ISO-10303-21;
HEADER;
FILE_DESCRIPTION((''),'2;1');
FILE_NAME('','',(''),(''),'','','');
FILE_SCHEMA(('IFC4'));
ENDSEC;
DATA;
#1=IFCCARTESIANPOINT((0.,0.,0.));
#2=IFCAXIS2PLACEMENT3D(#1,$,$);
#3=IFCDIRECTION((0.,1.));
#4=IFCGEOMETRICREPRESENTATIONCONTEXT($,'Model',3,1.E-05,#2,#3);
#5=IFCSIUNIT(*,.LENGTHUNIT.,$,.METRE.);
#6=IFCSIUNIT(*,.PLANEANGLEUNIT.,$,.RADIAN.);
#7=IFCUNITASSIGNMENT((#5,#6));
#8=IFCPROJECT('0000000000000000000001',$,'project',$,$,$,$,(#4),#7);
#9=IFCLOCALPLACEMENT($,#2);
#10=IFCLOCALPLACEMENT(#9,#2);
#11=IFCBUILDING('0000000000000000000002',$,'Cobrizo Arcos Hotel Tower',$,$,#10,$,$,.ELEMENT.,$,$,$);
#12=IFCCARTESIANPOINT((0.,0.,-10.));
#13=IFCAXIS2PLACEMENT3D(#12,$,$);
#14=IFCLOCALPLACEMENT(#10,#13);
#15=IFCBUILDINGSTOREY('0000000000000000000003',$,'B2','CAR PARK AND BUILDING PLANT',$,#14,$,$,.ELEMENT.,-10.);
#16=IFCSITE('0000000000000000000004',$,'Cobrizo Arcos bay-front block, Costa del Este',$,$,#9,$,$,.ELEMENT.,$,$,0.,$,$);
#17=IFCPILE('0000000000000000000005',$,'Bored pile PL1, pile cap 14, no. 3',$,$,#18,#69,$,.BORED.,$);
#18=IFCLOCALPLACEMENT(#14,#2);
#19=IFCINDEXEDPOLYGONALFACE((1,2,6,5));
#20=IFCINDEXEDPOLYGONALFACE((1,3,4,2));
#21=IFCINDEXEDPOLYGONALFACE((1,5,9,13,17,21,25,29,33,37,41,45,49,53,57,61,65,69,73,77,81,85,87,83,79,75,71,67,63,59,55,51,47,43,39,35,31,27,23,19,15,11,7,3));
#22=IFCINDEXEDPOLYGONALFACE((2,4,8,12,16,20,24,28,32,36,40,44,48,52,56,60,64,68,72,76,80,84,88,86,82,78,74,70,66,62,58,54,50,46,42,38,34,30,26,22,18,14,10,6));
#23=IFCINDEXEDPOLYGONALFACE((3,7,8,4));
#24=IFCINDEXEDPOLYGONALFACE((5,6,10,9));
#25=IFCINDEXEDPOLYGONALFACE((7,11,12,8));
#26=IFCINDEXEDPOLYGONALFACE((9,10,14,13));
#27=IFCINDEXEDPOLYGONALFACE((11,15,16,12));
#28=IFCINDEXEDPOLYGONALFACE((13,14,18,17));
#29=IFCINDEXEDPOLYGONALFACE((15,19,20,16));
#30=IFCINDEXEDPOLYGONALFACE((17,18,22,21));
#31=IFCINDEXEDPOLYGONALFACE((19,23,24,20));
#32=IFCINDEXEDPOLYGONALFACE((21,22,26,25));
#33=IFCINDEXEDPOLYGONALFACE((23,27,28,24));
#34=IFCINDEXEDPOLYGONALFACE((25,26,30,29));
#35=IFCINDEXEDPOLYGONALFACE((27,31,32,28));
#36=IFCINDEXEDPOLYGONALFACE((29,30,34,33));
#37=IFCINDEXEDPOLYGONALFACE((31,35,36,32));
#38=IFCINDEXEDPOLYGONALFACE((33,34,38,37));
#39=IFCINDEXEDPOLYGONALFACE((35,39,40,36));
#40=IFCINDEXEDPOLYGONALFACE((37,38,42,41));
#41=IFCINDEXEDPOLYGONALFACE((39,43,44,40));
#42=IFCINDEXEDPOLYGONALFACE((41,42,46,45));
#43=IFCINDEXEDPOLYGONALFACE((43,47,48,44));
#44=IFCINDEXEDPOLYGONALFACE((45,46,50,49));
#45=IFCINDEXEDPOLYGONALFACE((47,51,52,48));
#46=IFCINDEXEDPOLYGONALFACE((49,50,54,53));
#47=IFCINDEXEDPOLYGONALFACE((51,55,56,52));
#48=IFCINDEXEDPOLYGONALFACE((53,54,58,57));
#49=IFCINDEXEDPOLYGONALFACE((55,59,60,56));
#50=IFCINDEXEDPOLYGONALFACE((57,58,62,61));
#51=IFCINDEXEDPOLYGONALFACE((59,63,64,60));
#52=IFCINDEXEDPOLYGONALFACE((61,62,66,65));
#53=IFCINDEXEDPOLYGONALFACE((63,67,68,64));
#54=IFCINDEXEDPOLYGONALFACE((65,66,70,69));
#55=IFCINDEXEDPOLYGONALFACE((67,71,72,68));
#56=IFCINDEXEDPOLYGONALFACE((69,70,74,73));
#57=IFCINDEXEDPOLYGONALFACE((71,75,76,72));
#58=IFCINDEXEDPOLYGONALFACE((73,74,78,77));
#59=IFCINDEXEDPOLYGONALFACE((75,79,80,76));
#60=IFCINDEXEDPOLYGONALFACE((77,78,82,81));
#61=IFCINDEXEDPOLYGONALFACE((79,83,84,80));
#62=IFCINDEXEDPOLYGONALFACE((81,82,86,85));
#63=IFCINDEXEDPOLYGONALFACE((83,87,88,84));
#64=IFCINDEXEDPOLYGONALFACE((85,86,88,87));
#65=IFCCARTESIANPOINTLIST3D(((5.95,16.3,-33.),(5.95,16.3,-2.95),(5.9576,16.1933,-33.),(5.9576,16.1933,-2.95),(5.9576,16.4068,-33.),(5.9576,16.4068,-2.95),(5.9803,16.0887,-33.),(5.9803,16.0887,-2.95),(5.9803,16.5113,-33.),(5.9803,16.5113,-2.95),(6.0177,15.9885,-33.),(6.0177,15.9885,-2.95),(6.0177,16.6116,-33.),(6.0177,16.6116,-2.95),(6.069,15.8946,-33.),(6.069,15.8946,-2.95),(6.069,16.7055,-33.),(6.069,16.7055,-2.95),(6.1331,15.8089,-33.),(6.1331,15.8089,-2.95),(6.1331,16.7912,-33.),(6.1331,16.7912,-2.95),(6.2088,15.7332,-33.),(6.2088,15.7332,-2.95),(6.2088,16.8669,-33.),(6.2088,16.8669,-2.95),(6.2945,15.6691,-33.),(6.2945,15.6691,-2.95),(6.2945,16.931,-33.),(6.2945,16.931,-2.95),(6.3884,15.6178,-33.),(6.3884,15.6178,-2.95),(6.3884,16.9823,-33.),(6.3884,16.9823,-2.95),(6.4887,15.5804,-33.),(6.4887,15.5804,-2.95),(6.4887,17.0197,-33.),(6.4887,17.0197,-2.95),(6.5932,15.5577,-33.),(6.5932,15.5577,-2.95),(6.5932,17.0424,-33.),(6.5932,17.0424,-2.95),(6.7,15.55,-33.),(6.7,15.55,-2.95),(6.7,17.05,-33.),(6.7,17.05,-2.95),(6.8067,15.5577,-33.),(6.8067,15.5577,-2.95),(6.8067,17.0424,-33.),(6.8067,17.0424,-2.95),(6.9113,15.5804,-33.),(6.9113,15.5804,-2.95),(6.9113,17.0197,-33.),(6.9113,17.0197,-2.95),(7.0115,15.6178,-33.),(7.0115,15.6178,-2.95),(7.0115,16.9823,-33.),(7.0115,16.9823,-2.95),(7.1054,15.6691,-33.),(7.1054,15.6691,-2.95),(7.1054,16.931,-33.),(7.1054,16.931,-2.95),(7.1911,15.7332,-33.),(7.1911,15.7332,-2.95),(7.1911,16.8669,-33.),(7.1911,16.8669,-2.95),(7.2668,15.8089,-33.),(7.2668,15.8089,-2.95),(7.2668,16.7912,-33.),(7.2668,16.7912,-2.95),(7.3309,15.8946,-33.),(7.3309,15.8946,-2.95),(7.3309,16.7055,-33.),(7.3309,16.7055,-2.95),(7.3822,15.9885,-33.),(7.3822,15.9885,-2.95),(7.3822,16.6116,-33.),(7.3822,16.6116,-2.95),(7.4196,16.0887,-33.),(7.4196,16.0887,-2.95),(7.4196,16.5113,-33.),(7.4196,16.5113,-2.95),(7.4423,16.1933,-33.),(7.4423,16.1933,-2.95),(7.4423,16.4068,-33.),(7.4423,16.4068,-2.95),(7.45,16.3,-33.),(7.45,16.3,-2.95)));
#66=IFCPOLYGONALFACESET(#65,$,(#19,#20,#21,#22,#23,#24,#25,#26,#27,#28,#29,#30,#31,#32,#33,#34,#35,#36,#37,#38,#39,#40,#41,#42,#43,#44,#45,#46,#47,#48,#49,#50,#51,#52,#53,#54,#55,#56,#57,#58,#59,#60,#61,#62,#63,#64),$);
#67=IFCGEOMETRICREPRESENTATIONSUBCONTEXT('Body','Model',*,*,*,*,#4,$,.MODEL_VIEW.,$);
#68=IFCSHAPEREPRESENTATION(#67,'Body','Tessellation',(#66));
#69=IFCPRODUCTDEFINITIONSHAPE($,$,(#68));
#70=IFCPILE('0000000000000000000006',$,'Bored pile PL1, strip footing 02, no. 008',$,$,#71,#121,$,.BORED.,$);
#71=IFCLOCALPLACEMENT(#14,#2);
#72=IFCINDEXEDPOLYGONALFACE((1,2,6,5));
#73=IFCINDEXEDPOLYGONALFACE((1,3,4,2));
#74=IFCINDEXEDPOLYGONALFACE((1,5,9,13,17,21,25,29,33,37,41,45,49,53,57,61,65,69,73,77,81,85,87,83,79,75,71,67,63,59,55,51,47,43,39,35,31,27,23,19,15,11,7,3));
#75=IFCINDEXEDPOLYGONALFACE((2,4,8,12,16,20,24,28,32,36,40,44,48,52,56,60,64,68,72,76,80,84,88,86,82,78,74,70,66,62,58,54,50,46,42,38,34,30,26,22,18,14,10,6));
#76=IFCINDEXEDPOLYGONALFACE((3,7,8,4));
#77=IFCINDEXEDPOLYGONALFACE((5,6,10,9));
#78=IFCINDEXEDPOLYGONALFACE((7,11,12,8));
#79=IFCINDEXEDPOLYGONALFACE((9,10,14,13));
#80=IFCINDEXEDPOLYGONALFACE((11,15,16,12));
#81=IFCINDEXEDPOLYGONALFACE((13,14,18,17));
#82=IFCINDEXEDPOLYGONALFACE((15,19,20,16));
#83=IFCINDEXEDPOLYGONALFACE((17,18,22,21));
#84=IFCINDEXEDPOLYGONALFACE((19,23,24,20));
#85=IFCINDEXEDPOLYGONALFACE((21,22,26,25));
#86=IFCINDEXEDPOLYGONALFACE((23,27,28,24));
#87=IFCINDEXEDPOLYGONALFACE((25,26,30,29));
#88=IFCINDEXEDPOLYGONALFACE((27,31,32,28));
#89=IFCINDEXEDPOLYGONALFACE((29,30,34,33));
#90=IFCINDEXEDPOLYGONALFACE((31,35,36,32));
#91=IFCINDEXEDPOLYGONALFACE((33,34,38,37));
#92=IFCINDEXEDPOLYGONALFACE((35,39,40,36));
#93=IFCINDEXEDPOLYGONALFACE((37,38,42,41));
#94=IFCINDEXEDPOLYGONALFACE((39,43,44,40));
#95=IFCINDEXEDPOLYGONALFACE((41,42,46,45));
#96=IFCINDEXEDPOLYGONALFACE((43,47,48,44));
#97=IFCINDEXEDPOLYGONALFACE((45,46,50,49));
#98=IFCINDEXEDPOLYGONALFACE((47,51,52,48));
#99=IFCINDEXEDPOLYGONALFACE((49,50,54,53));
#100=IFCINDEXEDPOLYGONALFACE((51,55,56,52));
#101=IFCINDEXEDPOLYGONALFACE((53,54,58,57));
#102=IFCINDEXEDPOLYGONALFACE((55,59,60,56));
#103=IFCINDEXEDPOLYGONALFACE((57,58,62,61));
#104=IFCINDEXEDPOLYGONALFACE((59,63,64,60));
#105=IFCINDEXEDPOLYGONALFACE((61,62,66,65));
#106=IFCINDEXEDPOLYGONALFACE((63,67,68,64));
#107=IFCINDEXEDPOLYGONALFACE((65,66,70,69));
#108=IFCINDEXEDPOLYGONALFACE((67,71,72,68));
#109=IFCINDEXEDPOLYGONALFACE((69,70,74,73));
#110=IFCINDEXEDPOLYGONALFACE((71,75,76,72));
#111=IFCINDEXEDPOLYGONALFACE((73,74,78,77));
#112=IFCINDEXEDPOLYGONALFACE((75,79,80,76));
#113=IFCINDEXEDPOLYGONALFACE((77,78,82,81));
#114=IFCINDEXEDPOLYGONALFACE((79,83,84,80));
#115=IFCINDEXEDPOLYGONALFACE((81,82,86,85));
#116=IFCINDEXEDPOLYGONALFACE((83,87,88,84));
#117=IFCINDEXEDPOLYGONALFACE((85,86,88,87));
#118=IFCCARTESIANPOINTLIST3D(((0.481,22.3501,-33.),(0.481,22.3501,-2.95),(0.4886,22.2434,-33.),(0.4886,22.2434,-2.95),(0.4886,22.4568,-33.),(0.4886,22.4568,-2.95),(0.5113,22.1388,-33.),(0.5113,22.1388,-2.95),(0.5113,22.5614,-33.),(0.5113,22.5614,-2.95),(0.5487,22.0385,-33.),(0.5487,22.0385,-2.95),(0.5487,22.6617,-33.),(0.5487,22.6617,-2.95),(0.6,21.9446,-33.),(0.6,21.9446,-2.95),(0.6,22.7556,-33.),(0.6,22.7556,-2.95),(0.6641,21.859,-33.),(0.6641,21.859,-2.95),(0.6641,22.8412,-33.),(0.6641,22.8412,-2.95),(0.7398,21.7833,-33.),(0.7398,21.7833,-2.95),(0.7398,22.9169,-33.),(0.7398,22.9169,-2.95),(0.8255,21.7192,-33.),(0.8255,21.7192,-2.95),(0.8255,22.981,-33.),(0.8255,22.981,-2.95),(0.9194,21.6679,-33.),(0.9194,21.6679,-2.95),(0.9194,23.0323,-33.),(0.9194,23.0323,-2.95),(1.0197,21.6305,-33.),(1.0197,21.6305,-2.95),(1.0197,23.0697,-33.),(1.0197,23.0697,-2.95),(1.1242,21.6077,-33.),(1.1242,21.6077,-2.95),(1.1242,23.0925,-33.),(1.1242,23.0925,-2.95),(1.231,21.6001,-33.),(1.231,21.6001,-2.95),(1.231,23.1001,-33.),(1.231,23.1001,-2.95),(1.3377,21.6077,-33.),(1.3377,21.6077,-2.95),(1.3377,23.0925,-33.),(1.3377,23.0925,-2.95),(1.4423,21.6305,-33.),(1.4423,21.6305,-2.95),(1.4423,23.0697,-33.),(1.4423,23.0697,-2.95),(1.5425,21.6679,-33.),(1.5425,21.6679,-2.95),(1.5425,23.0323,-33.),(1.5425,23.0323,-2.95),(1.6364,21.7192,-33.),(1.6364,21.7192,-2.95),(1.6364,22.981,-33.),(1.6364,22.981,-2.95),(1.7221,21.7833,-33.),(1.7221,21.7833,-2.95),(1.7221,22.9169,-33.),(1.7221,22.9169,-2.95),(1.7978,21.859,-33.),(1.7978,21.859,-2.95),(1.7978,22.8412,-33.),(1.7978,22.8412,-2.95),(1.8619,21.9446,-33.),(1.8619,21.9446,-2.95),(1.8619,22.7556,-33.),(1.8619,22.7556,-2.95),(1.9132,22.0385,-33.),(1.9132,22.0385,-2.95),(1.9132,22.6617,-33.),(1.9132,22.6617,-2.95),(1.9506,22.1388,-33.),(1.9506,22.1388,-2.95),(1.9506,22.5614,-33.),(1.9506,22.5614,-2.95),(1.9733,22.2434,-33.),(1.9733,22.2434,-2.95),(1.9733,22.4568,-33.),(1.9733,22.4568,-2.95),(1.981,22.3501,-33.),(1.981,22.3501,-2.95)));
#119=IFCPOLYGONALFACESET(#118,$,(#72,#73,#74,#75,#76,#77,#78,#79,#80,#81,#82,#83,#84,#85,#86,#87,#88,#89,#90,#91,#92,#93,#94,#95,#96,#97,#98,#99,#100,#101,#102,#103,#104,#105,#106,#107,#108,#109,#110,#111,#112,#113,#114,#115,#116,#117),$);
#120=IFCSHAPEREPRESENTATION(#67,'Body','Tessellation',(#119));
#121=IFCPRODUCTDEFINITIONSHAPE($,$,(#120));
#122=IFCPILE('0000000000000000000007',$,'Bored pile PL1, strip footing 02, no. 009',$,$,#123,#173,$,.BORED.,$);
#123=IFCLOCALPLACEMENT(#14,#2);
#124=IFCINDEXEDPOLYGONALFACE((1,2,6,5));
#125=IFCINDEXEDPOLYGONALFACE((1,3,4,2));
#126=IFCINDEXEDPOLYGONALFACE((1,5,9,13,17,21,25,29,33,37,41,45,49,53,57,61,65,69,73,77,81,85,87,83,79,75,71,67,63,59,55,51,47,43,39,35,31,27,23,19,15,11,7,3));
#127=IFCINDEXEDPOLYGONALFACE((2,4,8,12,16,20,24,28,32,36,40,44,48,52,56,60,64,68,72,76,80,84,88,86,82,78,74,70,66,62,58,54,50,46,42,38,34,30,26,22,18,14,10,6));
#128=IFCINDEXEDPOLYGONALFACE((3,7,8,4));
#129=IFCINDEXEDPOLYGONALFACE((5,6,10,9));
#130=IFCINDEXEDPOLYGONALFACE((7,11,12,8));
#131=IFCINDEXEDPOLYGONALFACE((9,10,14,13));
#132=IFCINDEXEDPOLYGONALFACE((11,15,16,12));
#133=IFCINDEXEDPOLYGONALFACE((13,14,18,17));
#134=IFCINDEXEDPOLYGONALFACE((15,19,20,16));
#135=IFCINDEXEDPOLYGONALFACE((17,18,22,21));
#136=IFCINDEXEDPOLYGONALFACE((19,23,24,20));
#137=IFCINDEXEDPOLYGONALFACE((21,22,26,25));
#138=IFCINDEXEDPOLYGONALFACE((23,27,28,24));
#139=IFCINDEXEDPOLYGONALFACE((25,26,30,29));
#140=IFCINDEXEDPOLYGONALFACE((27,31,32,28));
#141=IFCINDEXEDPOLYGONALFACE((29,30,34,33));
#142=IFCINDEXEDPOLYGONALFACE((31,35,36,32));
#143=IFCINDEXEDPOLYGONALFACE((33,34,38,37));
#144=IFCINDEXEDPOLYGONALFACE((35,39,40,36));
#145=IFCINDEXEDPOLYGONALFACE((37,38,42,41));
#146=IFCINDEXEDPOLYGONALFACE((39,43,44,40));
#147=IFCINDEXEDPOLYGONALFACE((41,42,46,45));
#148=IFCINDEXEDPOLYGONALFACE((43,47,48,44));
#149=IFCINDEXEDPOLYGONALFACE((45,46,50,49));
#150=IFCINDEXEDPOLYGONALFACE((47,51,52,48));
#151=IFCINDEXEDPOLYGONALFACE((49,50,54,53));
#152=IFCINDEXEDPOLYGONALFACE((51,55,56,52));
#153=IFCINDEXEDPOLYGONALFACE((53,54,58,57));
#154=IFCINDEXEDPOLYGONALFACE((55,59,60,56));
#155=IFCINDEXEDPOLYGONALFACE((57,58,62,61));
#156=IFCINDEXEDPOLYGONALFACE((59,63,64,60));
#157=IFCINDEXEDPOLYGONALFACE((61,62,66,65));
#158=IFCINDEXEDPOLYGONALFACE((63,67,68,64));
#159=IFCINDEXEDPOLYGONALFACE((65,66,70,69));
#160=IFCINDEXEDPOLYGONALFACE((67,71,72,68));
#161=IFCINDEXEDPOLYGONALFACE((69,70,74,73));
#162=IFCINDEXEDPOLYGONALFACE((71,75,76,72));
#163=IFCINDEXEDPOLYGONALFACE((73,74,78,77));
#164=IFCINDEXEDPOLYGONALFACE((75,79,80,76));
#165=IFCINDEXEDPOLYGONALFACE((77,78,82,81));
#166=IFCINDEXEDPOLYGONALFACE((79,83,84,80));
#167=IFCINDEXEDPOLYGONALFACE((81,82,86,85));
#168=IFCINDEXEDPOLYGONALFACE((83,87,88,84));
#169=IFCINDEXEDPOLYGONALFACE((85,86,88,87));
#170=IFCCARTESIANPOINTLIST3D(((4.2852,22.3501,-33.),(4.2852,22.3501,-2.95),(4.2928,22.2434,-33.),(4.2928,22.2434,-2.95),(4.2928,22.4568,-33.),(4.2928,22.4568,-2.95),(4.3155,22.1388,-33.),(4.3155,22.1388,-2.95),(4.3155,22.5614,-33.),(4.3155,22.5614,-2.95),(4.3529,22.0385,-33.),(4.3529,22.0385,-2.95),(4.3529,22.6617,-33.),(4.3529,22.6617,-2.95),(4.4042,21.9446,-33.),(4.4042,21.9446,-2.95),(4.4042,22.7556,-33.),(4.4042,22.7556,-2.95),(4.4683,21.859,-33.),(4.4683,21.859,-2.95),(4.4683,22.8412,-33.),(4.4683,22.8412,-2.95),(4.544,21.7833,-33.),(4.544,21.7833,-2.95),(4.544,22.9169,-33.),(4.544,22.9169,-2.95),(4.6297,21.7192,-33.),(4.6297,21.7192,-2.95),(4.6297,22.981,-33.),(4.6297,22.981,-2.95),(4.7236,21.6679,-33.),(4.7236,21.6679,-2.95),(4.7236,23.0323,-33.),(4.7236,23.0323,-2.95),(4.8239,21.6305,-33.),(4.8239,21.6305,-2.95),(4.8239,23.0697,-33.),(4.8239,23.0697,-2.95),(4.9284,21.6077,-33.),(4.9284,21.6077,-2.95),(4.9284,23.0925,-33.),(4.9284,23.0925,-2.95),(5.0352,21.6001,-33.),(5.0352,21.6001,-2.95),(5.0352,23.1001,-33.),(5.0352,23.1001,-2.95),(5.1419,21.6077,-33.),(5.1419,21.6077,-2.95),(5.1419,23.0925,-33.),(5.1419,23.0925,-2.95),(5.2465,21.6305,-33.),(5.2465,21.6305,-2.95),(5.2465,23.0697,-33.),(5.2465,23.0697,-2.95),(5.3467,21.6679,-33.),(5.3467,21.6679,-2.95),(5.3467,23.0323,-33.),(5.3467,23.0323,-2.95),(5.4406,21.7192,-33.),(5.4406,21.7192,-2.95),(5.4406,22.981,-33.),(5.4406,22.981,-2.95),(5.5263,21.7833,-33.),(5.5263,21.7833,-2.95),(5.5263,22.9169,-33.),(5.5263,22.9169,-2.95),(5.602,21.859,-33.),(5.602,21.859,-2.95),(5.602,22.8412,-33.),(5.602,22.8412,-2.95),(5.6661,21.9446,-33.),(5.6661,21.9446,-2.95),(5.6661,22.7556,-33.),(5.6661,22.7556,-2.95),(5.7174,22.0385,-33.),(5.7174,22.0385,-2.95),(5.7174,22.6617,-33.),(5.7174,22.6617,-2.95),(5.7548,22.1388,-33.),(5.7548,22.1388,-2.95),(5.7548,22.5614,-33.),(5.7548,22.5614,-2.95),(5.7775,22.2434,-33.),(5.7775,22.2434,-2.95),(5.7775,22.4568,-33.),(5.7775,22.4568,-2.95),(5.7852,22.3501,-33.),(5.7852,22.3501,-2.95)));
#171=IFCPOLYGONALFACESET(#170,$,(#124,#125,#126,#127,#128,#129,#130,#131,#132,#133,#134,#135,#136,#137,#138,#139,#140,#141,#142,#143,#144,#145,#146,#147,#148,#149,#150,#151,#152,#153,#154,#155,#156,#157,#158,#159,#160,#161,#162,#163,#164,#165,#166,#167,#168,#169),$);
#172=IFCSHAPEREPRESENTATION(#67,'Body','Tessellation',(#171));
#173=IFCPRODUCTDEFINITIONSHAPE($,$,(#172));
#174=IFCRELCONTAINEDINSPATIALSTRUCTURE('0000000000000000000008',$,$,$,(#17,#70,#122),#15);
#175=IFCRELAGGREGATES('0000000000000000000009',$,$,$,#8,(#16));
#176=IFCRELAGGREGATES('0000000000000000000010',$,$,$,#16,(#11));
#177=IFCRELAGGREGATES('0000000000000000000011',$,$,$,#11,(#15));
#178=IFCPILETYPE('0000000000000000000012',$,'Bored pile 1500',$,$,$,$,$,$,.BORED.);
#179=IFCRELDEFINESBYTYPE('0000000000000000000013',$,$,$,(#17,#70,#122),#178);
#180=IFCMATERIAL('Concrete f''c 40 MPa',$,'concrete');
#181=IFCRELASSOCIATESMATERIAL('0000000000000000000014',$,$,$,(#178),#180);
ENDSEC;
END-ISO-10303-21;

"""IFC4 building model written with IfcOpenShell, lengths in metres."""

from ifc_helpers import new_model, si_unit, direction, frame, origin, origin_2d, place, context, subcontext, project, spatial, circle, extrude, material, material_profile, profile_set, type_object, element, save


model = new_model("IFC4")

# Units and contexts
model_context = context("Model", 3, precision=1e-05, world=origin(), true_north=direction((0.0, 1.0)))
body_context = subcontext(model_context, "Body", "Model", "MODEL_VIEW")
ifc_project = project(units=[si_unit("LENGTHUNIT", "METRE"), si_unit("PLANEANGLEUNIT", "RADIAN")], contexts=[model_context])

# Site, building, storey
site_placement = place(None, origin())
site = spatial("IfcSite", under=ifc_project, at=site_placement, Name="Cobrizo Arcos bay-front block, Costa del Este", CompositionType="ELEMENT", RefElevation=0.0)
building_placement = place(site_placement, origin())
building = spatial("IfcBuilding", under=site, at=building_placement, Name="Cobrizo Arcos Hotel Tower", CompositionType="ELEMENT")
storey_placement = place(building_placement, frame((0.0, 0.0, -10.0)))
storey = spatial("IfcBuildingStorey", under=building, at=storey_placement, Name="B2", Description="CAR PARK AND BUILDING PLANT", CompositionType="ELEMENT", Elevation=-10.0)

# Piles
ifc_material_1 = material(Name="Concrete f'c 40 MPa", Category="concrete")
ifc_material_profile_1 = material_profile(ifc_material_1, circle(Radius=0.75, at=origin_2d()), Name="BORED PILE 1500")
ifc_profile_set_1 = profile_set([ifc_material_profile_1], Name="Concrete f'c 40 MPa")
pile_type = type_object("IfcPileType", Name="Bored pile 1500", PredefinedType="BORED", material=ifc_profile_set_1)
for number, where, z_axis, x_axis, name in (
    (1, (6.7, 16.3, -2.95), (0.0, 0.0, -1.0), (1.0, 0.0, 0.0), "Bored pile PL1, pile cap 14, no. 3"),
    (2, (1.231, 22.3501, -2.95), (0.0, 0.0, -1.0), (1.0, 0.0, 0.0), "Bored pile PL1, strip footing 02, no. 008"),
    (3, (5.0352, 22.3501, -2.95), (0.0, 0.0, -1.0), (1.0, 0.0, 0.0), "Bored pile PL1, strip footing 02, no. 009"),
):
    element("IfcPile", number, at=place(storey_placement, frame(where, z_axis=z_axis, x_axis=x_axis)), inside=storey, type_object=pile_type, Name=name, PredefinedType="BORED", context=body_context, shape_type="SweptSolid", body=[
        extrude(circle(Radius=0.75, at=origin_2d()), origin(), (0.0, 0.0, 1.0), 30.05),
    ])

save(model, "model.ifc")
